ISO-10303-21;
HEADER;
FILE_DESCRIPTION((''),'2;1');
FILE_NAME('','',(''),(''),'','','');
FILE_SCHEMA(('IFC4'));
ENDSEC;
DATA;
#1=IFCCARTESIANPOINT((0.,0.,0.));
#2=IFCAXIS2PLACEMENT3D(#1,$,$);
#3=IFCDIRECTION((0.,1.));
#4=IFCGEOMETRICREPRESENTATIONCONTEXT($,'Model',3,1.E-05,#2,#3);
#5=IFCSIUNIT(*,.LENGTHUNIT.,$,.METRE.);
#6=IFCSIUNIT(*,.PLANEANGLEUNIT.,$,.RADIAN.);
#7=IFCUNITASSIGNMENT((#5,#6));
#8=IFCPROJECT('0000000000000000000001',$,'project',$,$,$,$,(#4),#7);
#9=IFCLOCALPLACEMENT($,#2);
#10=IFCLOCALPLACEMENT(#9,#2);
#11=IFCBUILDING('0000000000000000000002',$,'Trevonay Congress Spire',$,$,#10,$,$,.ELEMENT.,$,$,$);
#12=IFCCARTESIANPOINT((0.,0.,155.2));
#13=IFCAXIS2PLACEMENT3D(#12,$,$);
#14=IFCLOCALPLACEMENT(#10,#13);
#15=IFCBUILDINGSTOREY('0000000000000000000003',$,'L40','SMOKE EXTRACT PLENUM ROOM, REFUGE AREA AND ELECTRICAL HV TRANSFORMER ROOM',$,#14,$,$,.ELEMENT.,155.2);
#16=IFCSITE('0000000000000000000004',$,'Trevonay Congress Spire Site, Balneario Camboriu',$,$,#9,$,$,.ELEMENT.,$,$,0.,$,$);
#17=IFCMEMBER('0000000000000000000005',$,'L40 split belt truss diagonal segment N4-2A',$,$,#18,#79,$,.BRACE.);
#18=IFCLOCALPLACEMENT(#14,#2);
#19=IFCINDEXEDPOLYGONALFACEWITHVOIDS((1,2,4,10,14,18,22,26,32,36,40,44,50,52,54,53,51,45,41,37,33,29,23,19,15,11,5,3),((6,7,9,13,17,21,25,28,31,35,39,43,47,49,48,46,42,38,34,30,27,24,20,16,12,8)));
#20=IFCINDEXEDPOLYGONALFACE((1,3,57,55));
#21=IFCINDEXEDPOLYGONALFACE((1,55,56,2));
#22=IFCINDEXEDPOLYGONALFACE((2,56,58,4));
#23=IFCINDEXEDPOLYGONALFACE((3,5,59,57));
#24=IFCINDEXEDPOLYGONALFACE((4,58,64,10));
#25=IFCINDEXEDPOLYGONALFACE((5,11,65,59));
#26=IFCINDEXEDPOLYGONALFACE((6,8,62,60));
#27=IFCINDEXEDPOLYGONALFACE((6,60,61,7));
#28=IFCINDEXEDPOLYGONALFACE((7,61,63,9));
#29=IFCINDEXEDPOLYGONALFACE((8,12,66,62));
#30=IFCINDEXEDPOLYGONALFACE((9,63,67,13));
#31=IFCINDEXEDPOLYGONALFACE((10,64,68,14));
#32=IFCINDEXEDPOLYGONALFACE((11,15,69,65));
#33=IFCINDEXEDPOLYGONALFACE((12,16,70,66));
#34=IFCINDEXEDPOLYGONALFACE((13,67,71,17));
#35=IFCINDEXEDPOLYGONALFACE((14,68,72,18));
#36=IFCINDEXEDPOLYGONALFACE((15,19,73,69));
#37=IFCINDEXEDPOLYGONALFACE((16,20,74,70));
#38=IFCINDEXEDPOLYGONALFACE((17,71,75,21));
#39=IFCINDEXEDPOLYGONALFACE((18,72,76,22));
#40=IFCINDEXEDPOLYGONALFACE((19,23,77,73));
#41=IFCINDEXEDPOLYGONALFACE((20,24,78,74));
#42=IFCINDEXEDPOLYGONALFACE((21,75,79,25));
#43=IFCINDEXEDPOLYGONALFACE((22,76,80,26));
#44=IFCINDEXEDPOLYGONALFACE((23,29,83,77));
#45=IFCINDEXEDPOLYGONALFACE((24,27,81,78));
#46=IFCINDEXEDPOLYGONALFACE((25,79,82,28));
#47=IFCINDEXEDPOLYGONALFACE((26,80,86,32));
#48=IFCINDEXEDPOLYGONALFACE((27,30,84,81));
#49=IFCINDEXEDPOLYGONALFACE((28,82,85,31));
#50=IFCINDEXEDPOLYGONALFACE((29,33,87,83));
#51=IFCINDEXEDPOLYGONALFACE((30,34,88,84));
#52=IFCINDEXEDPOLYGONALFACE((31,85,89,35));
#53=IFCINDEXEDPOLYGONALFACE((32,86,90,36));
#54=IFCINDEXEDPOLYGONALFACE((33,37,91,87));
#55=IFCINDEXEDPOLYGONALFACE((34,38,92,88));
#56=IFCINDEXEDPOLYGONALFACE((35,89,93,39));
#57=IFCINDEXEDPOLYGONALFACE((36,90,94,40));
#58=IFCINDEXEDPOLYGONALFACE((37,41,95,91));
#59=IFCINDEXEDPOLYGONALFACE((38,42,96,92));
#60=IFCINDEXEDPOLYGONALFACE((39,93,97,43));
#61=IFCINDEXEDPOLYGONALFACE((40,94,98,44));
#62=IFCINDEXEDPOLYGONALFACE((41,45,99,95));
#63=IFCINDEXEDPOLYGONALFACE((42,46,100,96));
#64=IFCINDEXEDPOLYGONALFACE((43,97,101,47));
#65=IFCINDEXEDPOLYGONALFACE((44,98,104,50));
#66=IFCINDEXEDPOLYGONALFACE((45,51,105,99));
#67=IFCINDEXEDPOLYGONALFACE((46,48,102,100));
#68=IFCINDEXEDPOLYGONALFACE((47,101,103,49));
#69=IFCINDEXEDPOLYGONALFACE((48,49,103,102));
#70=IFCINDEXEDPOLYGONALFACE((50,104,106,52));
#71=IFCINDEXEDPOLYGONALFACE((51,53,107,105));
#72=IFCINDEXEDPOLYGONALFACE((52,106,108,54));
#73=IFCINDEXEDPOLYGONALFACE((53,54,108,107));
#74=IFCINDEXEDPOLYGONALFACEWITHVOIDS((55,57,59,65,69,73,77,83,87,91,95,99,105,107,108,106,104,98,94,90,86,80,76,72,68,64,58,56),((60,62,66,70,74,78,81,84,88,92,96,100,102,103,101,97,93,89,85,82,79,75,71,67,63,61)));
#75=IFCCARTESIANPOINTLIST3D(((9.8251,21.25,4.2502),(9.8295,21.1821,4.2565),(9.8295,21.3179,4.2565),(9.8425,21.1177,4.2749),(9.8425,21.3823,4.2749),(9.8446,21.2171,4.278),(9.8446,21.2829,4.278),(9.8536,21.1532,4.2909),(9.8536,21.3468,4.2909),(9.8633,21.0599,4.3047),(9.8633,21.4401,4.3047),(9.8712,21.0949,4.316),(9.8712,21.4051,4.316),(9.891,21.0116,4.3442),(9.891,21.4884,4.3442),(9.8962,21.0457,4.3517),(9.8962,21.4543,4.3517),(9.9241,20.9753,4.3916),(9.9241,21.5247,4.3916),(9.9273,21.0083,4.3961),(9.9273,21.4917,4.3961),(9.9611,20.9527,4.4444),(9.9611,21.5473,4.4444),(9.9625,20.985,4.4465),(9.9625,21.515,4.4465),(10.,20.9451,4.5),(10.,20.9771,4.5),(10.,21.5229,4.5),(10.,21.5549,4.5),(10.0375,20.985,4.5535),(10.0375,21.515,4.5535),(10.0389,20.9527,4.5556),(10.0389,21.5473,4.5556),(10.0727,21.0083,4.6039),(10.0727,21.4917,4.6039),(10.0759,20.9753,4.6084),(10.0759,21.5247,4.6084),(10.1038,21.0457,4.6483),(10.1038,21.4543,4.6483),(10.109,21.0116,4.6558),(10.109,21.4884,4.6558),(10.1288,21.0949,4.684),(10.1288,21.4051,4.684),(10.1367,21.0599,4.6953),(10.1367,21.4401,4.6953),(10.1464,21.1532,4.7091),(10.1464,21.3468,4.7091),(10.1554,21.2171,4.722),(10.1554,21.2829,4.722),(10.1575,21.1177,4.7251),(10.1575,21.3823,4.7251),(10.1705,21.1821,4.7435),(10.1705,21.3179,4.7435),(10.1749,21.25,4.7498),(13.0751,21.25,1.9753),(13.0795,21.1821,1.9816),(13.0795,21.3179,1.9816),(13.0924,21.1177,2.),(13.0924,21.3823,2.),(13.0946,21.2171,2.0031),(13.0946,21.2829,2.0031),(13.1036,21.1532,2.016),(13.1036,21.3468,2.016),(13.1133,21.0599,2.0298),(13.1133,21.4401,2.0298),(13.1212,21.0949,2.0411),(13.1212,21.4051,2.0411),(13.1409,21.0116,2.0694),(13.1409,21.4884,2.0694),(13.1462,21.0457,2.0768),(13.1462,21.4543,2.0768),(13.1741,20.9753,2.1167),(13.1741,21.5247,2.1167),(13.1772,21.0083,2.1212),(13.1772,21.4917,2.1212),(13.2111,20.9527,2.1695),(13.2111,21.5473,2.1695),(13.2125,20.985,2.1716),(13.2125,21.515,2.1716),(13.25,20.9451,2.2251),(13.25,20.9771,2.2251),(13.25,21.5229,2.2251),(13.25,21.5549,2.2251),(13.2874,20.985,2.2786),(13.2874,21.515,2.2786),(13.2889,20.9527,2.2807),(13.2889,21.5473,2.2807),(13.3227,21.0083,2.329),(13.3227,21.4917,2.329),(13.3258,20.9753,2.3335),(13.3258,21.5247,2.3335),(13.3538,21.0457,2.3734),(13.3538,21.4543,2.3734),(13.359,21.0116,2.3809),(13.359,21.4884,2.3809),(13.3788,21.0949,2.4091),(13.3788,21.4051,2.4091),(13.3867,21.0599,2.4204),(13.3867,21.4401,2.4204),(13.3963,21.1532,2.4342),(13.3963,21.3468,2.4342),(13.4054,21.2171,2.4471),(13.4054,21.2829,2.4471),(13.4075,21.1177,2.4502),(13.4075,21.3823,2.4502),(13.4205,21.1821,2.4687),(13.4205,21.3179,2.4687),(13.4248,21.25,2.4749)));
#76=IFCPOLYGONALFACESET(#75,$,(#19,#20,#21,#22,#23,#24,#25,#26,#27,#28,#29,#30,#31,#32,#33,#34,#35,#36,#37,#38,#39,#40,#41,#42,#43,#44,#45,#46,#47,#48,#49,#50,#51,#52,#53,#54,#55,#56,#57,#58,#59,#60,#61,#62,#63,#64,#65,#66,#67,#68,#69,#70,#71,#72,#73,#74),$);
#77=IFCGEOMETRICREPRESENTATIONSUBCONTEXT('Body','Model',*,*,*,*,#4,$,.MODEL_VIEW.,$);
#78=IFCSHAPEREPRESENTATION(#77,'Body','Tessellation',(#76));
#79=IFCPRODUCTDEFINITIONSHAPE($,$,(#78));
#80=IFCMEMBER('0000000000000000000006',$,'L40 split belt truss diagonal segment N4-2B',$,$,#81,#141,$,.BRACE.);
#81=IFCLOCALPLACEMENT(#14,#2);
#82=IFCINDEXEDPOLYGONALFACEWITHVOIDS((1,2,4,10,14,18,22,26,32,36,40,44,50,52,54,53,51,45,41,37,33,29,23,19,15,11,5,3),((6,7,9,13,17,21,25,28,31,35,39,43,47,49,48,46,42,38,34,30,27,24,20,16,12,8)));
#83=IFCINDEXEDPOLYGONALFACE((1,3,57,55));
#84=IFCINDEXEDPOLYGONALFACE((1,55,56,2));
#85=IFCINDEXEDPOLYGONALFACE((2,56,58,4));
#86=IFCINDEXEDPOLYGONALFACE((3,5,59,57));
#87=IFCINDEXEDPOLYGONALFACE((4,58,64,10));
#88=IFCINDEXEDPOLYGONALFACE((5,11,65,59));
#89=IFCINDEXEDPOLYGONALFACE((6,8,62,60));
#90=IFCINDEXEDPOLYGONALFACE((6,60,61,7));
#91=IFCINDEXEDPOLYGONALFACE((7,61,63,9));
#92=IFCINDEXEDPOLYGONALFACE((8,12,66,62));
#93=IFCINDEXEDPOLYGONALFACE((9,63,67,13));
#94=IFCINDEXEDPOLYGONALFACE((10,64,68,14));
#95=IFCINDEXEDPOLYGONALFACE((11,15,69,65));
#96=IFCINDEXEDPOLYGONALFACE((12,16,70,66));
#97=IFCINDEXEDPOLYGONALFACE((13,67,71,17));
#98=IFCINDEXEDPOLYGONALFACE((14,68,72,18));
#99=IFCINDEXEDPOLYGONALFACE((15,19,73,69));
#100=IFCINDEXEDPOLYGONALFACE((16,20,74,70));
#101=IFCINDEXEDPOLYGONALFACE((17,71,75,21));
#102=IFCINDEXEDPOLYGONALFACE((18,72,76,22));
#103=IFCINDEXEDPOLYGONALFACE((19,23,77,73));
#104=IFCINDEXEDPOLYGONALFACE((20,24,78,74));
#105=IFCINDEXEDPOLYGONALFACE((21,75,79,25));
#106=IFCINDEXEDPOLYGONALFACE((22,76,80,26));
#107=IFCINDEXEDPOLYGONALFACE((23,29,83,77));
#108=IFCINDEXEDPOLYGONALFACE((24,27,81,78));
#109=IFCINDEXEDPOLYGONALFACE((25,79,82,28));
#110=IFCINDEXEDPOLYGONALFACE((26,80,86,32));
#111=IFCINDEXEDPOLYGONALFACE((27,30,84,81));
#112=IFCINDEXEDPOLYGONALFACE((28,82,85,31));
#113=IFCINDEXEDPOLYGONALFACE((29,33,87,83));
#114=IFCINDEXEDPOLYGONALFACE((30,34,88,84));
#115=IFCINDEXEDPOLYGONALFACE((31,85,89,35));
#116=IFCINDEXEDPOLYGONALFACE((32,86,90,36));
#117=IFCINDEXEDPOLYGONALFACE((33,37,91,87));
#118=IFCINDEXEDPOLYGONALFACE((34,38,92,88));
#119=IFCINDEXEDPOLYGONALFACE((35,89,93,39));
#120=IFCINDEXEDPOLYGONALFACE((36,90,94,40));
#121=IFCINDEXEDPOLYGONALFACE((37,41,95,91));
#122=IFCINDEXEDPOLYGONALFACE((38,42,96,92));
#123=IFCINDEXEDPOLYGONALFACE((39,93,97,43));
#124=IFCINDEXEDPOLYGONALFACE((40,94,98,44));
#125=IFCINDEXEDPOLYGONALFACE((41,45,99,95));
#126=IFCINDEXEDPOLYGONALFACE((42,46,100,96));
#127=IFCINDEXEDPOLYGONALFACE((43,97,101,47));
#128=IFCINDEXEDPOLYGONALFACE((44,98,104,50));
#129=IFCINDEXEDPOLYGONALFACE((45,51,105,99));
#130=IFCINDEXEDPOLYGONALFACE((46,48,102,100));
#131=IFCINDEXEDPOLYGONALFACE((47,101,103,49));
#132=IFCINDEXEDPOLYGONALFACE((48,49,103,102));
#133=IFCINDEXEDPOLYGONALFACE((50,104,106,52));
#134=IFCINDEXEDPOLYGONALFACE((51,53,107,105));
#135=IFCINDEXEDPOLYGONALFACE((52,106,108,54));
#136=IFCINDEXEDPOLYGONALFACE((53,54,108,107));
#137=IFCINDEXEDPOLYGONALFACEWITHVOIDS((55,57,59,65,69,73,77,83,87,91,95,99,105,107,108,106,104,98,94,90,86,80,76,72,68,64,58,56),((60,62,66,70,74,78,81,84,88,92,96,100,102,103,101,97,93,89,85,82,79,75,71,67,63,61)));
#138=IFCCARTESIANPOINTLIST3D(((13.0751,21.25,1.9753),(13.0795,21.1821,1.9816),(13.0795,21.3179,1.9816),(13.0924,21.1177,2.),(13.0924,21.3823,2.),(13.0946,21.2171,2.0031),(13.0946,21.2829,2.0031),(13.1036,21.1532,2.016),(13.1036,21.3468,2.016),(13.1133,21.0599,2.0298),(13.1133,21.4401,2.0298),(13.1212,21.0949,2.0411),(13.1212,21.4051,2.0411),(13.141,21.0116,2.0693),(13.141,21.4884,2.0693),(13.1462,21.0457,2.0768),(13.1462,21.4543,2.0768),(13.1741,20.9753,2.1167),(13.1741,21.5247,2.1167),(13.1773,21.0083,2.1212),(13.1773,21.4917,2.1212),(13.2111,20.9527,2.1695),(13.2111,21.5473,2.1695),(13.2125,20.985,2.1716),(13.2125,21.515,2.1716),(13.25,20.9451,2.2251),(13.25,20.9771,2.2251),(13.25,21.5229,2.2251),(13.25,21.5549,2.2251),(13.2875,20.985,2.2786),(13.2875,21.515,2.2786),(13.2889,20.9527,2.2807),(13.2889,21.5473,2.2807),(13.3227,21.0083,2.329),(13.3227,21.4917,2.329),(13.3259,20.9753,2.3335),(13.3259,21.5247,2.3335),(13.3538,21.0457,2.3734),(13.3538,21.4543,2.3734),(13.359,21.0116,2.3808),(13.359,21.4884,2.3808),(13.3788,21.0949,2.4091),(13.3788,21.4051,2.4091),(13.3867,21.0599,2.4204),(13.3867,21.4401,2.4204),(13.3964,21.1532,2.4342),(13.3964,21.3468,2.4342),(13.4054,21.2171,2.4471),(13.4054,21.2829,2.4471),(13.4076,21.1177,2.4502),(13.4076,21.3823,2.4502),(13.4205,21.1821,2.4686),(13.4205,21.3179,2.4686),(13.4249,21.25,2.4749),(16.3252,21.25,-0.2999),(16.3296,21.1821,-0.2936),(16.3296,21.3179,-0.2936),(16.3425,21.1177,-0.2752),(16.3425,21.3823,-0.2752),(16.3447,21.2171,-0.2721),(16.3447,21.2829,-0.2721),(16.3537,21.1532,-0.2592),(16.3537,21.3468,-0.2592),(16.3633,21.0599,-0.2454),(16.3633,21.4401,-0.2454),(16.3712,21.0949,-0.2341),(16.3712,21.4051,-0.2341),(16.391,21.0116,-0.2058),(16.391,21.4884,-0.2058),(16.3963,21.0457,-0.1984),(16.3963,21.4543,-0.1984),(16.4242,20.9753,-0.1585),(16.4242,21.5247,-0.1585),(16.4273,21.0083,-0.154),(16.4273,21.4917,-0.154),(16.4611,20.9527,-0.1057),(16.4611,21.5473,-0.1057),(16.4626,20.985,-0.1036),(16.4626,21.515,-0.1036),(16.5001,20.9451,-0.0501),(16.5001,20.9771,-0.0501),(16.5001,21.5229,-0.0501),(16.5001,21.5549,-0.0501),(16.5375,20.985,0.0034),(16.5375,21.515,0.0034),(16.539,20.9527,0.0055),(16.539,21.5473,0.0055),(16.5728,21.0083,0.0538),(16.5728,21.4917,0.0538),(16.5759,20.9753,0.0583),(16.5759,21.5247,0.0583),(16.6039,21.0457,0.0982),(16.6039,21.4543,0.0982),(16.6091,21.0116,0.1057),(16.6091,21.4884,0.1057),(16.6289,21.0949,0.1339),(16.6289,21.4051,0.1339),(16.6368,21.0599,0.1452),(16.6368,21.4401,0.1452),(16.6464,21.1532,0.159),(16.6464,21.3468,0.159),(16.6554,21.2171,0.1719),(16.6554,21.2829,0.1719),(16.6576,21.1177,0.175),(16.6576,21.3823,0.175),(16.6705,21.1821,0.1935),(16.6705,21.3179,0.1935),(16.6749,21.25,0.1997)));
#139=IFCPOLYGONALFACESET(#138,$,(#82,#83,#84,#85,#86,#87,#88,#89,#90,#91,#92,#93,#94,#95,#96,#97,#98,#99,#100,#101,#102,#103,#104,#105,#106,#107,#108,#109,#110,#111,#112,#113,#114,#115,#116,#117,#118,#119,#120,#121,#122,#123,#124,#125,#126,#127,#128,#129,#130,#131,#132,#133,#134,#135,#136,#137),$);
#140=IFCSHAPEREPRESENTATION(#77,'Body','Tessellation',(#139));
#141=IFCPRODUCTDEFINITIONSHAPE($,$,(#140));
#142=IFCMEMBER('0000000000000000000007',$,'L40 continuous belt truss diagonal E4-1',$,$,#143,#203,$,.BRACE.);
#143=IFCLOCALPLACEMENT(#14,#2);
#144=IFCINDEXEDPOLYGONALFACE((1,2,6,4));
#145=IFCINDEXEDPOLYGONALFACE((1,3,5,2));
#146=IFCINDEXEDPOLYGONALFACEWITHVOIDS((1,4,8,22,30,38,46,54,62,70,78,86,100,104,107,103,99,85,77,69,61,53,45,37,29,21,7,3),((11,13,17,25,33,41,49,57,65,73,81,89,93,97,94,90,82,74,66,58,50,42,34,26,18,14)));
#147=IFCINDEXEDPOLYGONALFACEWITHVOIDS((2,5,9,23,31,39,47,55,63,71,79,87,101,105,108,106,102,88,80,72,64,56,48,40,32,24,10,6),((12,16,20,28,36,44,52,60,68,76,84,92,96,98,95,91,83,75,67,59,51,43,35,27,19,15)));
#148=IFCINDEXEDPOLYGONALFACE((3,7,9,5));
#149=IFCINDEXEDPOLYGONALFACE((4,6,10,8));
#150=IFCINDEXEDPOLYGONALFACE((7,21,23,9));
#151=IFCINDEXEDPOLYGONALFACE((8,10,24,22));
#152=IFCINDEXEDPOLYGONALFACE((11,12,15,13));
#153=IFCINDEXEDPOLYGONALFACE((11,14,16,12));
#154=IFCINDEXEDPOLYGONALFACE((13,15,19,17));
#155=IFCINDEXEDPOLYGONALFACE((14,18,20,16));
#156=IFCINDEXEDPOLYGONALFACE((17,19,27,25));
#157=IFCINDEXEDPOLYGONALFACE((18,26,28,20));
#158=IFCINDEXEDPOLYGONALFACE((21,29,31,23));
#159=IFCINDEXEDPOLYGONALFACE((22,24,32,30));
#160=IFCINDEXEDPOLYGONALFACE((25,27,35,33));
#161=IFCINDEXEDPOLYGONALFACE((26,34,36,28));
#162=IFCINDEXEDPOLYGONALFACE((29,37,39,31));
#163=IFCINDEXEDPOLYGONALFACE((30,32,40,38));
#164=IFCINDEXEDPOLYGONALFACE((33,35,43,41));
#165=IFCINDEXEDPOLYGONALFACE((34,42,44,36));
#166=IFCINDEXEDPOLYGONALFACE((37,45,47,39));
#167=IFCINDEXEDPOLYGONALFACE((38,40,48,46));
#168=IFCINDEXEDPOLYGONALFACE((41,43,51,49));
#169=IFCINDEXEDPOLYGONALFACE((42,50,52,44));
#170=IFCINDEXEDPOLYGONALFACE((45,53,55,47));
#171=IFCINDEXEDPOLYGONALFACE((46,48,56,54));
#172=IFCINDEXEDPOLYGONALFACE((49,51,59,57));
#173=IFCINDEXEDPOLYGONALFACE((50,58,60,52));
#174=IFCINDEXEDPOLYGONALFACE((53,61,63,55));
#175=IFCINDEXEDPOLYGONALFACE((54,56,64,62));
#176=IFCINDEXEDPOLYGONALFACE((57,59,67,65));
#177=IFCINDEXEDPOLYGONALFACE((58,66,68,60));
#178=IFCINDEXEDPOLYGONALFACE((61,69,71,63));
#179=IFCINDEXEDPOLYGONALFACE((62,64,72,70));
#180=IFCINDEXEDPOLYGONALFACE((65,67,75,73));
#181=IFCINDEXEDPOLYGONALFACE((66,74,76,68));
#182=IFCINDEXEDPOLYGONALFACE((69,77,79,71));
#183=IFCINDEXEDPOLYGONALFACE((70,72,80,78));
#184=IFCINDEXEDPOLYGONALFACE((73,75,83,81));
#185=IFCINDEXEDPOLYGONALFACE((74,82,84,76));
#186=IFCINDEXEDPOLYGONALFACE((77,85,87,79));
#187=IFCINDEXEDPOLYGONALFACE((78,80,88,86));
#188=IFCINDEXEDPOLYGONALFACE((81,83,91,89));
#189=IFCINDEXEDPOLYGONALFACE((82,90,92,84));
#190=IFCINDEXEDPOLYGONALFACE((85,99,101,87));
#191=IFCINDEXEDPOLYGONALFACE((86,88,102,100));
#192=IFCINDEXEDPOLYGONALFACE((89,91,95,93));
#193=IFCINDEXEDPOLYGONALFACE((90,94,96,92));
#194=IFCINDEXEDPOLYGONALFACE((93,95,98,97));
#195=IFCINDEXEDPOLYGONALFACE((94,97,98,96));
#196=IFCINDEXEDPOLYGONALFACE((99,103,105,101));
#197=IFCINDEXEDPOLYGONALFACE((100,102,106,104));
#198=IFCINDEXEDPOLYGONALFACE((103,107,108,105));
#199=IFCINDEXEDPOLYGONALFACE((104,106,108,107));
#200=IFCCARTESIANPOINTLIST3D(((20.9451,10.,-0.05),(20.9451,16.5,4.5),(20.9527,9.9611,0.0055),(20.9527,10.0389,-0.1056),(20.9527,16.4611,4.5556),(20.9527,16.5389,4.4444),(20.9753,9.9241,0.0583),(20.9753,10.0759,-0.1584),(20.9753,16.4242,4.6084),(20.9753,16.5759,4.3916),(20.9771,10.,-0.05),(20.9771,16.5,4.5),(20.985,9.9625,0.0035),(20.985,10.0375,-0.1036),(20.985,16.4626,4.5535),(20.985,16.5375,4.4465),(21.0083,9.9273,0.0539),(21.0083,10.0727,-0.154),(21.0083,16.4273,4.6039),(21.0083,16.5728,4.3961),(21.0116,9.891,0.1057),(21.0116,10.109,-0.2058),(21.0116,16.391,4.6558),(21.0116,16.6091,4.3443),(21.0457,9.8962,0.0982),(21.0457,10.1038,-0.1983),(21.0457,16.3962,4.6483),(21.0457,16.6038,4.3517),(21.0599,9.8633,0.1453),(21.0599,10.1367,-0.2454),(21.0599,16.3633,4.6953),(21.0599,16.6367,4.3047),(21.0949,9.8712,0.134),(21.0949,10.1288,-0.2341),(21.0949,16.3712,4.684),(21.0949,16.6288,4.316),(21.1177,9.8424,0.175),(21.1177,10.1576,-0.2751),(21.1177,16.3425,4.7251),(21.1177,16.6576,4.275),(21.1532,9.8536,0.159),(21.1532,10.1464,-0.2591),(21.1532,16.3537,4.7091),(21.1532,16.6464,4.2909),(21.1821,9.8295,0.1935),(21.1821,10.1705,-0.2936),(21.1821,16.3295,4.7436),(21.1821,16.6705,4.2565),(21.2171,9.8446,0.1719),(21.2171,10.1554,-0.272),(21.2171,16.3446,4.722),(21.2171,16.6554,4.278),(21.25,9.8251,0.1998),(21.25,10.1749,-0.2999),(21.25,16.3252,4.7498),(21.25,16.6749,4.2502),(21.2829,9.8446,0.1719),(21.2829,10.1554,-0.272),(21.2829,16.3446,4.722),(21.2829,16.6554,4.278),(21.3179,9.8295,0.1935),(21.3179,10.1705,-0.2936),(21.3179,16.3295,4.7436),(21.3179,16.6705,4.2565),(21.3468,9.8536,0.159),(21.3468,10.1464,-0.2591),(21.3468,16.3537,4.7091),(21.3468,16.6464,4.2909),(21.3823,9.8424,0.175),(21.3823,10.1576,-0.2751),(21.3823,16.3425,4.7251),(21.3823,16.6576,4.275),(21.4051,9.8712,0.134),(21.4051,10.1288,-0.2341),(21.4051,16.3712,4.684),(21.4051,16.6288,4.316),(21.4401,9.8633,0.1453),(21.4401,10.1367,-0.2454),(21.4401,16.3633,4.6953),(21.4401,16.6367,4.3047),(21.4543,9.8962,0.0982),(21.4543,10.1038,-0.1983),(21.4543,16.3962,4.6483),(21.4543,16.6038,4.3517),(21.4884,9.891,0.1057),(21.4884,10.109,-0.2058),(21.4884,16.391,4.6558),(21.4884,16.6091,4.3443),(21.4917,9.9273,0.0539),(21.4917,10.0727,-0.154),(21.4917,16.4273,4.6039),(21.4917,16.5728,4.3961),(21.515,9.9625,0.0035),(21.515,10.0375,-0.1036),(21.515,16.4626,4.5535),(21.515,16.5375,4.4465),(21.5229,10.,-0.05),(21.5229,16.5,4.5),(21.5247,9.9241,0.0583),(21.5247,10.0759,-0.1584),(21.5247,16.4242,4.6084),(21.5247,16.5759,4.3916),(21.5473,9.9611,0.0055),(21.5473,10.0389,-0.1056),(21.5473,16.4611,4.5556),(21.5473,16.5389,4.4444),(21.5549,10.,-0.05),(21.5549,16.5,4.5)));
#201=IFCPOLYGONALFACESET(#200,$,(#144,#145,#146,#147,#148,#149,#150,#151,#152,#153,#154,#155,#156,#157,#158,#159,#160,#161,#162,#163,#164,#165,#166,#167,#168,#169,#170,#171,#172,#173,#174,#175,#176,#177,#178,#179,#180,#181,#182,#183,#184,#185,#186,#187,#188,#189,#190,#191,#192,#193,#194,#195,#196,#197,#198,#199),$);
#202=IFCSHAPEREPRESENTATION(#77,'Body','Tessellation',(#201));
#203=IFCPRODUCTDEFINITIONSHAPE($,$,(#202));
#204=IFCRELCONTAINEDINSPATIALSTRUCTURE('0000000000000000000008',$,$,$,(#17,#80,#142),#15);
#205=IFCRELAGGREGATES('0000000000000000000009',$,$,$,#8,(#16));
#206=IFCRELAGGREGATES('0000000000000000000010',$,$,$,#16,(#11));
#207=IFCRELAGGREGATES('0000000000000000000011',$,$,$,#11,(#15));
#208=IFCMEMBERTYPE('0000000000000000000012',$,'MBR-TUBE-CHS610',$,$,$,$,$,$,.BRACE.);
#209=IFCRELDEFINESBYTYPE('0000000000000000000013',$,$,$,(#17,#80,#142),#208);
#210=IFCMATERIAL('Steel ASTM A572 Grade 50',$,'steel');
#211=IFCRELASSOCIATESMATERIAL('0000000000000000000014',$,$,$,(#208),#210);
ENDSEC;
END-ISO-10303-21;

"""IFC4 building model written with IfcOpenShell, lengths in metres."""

from ifc_helpers import new_model, si_unit, direction, frame, origin, origin_2d, place, context, subcontext, project, spatial, hollow_circle, extrude, material, material_profile, profile_set, type_object, element, save


model = new_model("IFC4")

# Units and contexts
model_context = context("Model", 3, precision=1e-05, world=origin(), true_north=direction((0.0, 1.0)))
body_context = subcontext(model_context, "Body", "Model", "MODEL_VIEW")
ifc_project = project(units=[si_unit("LENGTHUNIT", "METRE"), si_unit("PLANEANGLEUNIT", "RADIAN")], contexts=[model_context])

# Site, building, storey
site_placement = place(None, origin())
site = spatial("IfcSite", under=ifc_project, at=site_placement, Name="Trevonay Congress Spire Site, Balneario Camboriu", CompositionType="ELEMENT", RefElevation=0.0)
building_placement = place(site_placement, origin())
building = spatial("IfcBuilding", under=site, at=building_placement, Name="Trevonay Congress Spire", CompositionType="ELEMENT")
storey_placement = place(building_placement, frame((0.0, 0.0, 155.2)))
storey = spatial("IfcBuildingStorey", under=building, at=storey_placement, Name="L40", Description="SMOKE EXTRACT PLENUM ROOM, REFUGE AREA AND ELECTRICAL HV TRANSFORMER ROOM", CompositionType="ELEMENT", Elevation=155.2)

# Shared definitions
ifc_material_1 = material(Name="Steel ASTM A572 Grade 50", Category="steel")

# Members
ifc_material_profile_1 = material_profile(ifc_material_1, hollow_circle(Radius=0.3049, WallThickness=0.032, at=origin_2d()), Name="CHS 610x32")
ifc_profile_set_1 = profile_set([ifc_material_profile_1], Name="Steel ASTM A572 Grade 50")
member_type = type_object("IfcMemberType", Name="MBR-TUBE-CHS610", PredefinedType="BRACE", material=ifc_profile_set_1)
member_1_placement = place(storey_placement, frame((10.0, 21.25, 4.5), z_axis=(0.819243, 0.0, -0.573446), x_axis=(0.0, 1.0, 0.0)))
element("IfcMember", 1, at=member_1_placement, inside=storey, type_object=member_type, Name="L40 split belt truss diagonal segment N4-2A", PredefinedType="BRACE", context=body_context, shape_type="SweptSolid", body=[
    extrude(hollow_circle(Radius=0.3049, WallThickness=0.032, at=origin_2d()), origin(), (0.0, 0.0, 1.0), 3.967),
])
member_2_placement = place(storey_placement, frame((13.25, 21.25, 2.2251), z_axis=(0.819215, 0.0, -0.573487), x_axis=(0.0, 1.0, 0.0)))
element("IfcMember", 2, at=member_2_placement, inside=storey, type_object=member_type, Name="L40 split belt truss diagonal segment N4-2B", PredefinedType="BRACE", context=body_context, shape_type="SweptSolid", body=[
    extrude(hollow_circle(Radius=0.3049, WallThickness=0.032, at=origin_2d()), origin(), (0.0, 0.0, 1.0), 3.9673),
])
member_3_placement = place(storey_placement, frame((21.25, 10.0, -0.05), z_axis=(0.0, 0.819229, 0.573466), x_axis=(-1.0, 0.0, 0.0)))
element("IfcMember", 3, at=member_3_placement, inside=storey, type_object=member_type, Name="L40 continuous belt truss diagonal E4-1", PredefinedType="BRACE", context=body_context, shape_type="SweptSolid", body=[
    extrude(hollow_circle(Radius=0.3049, WallThickness=0.032, at=origin_2d()), origin(), (0.0, 0.0, 1.0), 7.9343),
])

save(model, "model.ifc")
